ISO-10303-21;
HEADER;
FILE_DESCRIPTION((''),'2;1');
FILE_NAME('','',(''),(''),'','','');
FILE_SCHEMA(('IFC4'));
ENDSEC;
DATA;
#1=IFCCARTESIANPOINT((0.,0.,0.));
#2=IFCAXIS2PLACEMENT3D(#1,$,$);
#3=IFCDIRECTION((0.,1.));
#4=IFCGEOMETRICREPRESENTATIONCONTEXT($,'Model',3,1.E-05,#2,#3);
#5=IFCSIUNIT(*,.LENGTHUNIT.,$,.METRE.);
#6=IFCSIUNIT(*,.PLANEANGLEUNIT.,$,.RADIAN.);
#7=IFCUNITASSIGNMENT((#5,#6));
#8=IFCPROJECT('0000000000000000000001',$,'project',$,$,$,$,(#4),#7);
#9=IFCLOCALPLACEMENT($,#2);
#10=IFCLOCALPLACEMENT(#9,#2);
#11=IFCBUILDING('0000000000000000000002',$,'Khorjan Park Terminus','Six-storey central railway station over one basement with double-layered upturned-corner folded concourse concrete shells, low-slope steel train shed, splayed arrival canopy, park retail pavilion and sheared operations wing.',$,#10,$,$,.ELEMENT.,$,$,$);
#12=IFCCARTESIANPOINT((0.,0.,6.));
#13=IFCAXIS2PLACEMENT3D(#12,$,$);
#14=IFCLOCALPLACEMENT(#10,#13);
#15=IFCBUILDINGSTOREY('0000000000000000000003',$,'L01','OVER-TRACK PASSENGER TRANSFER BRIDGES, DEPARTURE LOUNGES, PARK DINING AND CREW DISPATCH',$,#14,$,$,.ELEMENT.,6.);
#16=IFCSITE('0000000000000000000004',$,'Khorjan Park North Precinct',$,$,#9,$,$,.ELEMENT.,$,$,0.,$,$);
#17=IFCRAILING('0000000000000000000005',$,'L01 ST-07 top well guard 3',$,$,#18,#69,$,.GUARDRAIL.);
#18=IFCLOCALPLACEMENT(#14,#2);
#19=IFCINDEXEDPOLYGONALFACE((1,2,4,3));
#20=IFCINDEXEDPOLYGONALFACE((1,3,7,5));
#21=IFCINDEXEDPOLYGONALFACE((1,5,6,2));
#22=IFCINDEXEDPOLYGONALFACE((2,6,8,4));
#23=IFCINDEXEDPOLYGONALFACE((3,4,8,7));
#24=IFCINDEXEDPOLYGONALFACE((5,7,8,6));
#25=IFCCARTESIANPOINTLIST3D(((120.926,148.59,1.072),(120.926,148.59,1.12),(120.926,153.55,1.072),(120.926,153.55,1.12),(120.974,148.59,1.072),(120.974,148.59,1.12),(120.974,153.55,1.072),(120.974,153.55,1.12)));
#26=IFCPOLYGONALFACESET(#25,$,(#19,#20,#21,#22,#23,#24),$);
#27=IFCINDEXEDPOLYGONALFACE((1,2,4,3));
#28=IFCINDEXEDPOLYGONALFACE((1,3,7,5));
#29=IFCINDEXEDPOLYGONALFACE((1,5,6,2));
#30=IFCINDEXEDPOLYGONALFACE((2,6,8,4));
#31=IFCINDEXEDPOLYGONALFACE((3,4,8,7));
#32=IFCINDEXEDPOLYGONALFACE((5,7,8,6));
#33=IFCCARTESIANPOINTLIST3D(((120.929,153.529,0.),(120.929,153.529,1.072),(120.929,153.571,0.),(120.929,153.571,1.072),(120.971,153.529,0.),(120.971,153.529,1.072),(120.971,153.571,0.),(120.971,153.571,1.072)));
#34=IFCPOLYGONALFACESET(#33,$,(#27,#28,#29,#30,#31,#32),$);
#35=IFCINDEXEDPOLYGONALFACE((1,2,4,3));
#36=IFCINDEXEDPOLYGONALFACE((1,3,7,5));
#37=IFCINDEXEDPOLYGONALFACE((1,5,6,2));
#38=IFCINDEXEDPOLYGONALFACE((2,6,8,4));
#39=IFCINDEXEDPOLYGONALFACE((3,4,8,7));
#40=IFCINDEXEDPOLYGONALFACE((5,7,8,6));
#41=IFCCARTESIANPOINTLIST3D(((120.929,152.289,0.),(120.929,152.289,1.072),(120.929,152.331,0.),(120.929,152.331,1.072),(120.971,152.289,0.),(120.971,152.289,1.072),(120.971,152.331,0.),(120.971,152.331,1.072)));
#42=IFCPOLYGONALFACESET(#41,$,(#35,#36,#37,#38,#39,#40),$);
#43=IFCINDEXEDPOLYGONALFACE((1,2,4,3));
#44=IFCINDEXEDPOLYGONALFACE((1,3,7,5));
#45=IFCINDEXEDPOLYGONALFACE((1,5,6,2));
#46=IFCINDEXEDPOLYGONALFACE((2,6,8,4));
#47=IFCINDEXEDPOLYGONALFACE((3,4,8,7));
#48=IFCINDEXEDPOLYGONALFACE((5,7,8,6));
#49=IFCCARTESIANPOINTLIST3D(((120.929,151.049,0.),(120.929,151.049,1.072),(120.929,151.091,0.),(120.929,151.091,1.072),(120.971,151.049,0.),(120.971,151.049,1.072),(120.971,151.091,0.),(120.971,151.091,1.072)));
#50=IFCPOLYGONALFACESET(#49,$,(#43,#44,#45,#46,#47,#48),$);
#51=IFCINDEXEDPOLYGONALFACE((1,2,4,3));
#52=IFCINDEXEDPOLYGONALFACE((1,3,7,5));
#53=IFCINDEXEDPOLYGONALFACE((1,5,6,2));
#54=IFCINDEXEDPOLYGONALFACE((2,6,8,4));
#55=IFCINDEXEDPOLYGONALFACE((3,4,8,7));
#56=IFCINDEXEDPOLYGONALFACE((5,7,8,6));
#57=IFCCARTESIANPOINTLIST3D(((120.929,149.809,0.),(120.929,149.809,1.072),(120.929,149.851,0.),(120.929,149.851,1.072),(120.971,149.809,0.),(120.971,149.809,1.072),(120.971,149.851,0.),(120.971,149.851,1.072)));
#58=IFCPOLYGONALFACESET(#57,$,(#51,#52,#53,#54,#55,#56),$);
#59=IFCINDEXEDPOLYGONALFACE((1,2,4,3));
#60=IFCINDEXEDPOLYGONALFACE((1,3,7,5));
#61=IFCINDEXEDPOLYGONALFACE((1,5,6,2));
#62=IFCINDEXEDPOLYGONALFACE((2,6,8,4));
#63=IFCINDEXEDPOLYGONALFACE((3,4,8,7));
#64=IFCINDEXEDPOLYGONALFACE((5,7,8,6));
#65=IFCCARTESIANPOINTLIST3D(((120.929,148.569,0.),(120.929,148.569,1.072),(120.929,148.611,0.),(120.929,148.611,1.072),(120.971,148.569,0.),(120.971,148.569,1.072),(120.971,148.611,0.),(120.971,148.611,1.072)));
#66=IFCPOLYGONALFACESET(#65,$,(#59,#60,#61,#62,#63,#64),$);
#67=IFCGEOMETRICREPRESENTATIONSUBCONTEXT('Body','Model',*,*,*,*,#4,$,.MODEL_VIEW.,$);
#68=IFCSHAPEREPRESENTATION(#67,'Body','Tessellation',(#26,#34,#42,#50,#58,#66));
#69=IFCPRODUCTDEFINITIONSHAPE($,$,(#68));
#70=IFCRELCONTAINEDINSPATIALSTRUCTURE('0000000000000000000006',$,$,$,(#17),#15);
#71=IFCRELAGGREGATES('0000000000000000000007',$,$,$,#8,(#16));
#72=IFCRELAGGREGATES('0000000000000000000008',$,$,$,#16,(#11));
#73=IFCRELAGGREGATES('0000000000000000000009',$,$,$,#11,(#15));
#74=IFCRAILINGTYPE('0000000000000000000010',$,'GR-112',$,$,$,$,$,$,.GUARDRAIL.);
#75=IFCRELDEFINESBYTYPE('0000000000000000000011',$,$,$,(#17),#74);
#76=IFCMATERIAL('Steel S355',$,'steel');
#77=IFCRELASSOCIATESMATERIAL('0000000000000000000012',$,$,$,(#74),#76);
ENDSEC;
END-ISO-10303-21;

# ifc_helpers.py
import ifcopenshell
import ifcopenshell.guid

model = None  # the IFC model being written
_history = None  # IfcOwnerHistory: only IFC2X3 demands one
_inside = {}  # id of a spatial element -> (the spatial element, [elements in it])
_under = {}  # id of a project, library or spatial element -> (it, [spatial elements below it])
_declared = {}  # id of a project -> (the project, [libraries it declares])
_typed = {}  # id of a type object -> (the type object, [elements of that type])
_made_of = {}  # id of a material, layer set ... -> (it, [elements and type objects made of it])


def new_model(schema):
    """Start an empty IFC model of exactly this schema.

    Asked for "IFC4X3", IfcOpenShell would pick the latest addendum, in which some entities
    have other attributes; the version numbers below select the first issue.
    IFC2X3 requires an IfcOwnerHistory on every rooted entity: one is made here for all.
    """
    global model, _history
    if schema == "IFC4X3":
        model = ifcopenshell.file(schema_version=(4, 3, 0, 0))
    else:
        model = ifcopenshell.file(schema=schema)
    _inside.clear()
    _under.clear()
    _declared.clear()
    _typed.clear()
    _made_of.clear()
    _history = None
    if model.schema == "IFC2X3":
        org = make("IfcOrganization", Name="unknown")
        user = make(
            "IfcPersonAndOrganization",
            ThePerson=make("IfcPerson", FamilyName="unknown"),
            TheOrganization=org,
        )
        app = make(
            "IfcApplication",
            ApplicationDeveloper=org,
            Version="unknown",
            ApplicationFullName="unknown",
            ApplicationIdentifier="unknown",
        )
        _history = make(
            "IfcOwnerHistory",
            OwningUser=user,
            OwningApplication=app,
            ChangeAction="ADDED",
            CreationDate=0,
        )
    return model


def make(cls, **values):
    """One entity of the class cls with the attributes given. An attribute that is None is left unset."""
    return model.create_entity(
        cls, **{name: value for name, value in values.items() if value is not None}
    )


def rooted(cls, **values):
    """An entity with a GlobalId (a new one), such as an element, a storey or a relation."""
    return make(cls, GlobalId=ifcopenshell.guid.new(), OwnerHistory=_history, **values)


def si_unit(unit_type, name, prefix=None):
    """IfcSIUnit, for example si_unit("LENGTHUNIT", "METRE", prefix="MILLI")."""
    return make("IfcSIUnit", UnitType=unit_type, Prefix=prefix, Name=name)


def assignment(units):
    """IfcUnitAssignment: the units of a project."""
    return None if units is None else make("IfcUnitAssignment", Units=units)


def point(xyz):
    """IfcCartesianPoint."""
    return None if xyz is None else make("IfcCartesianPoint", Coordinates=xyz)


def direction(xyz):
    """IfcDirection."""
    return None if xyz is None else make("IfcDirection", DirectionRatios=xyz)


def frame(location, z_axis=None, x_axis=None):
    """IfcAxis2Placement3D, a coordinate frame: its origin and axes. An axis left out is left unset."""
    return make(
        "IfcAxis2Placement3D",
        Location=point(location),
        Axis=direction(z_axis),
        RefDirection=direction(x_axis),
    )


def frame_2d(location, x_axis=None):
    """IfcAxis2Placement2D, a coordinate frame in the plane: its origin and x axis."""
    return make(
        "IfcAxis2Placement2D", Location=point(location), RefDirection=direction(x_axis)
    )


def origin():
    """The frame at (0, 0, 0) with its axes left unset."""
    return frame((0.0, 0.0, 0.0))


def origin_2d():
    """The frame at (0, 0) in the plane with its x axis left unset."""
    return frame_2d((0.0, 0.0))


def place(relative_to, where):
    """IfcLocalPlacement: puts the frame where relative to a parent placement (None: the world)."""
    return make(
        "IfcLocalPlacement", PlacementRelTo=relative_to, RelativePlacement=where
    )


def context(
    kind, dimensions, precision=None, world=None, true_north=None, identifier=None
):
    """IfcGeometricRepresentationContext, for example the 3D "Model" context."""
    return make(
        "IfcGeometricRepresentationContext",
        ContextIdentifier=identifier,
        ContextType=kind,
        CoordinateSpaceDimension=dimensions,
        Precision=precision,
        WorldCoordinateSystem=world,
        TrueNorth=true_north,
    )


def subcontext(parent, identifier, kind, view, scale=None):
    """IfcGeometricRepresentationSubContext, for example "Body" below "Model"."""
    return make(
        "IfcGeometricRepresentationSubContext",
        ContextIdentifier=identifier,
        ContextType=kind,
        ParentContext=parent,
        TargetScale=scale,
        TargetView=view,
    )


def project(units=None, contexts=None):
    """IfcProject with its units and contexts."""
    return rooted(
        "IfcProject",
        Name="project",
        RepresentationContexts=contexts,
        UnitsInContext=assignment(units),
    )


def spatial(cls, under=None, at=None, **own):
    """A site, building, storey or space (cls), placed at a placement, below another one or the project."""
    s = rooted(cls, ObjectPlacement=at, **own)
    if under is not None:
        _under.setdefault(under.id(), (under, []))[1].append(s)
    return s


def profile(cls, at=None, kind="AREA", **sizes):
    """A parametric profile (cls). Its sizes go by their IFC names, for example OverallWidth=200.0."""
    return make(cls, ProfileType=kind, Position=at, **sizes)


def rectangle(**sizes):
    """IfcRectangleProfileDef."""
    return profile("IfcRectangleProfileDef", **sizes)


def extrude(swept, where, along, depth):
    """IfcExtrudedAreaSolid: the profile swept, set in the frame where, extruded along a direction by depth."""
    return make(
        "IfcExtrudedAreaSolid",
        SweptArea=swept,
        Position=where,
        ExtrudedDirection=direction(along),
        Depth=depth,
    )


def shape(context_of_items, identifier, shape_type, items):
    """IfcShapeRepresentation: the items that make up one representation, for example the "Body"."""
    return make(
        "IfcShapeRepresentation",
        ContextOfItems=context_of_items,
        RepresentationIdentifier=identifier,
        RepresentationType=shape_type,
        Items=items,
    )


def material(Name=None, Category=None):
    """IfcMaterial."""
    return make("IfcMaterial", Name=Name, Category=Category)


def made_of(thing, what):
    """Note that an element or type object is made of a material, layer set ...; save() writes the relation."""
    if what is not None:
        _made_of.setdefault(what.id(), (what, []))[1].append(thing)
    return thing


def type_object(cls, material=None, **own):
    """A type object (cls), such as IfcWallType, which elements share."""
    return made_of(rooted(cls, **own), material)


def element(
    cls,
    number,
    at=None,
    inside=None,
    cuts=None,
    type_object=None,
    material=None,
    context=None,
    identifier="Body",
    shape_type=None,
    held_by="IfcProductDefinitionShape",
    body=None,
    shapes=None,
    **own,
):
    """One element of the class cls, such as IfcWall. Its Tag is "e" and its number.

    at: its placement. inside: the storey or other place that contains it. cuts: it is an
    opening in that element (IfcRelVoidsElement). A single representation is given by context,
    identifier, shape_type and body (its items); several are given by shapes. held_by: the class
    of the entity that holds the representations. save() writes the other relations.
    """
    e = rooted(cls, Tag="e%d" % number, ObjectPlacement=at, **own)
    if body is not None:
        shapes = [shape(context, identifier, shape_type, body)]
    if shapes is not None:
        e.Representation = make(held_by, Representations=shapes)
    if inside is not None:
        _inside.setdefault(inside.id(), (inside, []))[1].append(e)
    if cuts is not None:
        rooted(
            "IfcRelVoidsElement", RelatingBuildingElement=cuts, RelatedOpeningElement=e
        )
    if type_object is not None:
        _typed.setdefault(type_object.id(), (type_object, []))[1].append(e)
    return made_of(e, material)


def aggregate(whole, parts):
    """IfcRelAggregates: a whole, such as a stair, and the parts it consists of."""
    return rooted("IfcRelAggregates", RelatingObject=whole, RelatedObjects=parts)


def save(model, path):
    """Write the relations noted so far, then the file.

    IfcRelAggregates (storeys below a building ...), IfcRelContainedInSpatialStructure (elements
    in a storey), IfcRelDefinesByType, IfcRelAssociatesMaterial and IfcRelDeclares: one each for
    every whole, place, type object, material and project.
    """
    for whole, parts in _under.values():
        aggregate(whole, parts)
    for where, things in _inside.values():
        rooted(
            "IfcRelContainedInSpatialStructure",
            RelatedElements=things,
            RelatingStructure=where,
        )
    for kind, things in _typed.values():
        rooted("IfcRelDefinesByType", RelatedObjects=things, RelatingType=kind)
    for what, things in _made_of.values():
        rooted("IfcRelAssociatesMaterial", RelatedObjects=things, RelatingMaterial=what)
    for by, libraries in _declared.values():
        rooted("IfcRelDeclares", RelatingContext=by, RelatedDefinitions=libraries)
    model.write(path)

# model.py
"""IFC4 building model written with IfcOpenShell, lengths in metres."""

from ifc_helpers import new_model, si_unit, direction, frame, origin, origin_2d, place, context, subcontext, project, spatial, rectangle, extrude, material, type_object, element, save


model = new_model("IFC4")

# Units and contexts
model_context = context("Model", 3, precision=1e-05, world=origin(), true_north=direction((0.0, 1.0)))
body_context = subcontext(model_context, "Body", "Model", "MODEL_VIEW")
ifc_project = project(units=[si_unit("LENGTHUNIT", "METRE"), si_unit("PLANEANGLEUNIT", "RADIAN")], contexts=[model_context])

# Site, building, storey
site_placement = place(None, origin())
site = spatial("IfcSite", under=ifc_project, at=site_placement, Name="Khorjan Park North Precinct", CompositionType="ELEMENT", RefElevation=0.0)
building_placement = place(site_placement, origin())
building = spatial("IfcBuilding", under=site, at=building_placement, Name="Khorjan Park Terminus", Description="Six-storey central railway station over one basement with double-layered upturned-corner folded concourse concrete shells, low-slope steel train shed, splayed arrival canopy, park retail pavilion and sheared operations wing.", CompositionType="ELEMENT")
storey_placement = place(building_placement, frame((0.0, 0.0, 6.0)))
storey = spatial("IfcBuildingStorey", under=building, at=storey_placement, Name="L01", Description="OVER-TRACK PASSENGER TRANSFER BRIDGES, DEPARTURE LOUNGES, PARK DINING AND CREW DISPATCH", CompositionType="ELEMENT", Elevation=6.0)

# Railing
ifc_material_1 = material(Name="Steel S355", Category="steel")
railing_type = type_object("IfcRailingType", Name="GR-112", PredefinedType="GUARDRAIL", material=ifc_material_1)
railing_1_placement = place(storey_placement, frame((120.95, 153.55, 0.0)))
element("IfcRailing", 1, at=railing_1_placement, inside=storey, type_object=railing_type, Name="L01 ST-07 top well guard 3", PredefinedType="GUARDRAIL", context=body_context, shape_type="SweptSolid", body=[
    extrude(rectangle(XDim=0.048, YDim=0.048, at=origin_2d()), frame((0.0, 0.0, 1.096), z_axis=(0.0, -1.0, 0.0), x_axis=(1.0, 0.0, 0.0)), (0.0, 0.0, 1.0), 4.96),
    extrude(rectangle(XDim=0.042, YDim=0.042, at=origin_2d()), origin(), (0.0, 0.0, 1.0), 1.072),
    extrude(rectangle(XDim=0.042, YDim=0.042, at=origin_2d()), frame((0.0, -1.24, 0.0)), (0.0, 0.0, 1.0), 1.072),
    extrude(rectangle(XDim=0.042, YDim=0.042, at=origin_2d()), frame((0.0, -2.48, 0.0)), (0.0, 0.0, 1.0), 1.072),
    extrude(rectangle(XDim=0.042, YDim=0.042, at=origin_2d()), frame((0.0, -3.72, 0.0)), (0.0, 0.0, 1.0), 1.072),
    extrude(rectangle(XDim=0.042, YDim=0.042, at=origin_2d()), frame((0.0, -4.96, 0.0)), (0.0, 0.0, 1.0), 1.072),
])

save(model, "model.ifc")
